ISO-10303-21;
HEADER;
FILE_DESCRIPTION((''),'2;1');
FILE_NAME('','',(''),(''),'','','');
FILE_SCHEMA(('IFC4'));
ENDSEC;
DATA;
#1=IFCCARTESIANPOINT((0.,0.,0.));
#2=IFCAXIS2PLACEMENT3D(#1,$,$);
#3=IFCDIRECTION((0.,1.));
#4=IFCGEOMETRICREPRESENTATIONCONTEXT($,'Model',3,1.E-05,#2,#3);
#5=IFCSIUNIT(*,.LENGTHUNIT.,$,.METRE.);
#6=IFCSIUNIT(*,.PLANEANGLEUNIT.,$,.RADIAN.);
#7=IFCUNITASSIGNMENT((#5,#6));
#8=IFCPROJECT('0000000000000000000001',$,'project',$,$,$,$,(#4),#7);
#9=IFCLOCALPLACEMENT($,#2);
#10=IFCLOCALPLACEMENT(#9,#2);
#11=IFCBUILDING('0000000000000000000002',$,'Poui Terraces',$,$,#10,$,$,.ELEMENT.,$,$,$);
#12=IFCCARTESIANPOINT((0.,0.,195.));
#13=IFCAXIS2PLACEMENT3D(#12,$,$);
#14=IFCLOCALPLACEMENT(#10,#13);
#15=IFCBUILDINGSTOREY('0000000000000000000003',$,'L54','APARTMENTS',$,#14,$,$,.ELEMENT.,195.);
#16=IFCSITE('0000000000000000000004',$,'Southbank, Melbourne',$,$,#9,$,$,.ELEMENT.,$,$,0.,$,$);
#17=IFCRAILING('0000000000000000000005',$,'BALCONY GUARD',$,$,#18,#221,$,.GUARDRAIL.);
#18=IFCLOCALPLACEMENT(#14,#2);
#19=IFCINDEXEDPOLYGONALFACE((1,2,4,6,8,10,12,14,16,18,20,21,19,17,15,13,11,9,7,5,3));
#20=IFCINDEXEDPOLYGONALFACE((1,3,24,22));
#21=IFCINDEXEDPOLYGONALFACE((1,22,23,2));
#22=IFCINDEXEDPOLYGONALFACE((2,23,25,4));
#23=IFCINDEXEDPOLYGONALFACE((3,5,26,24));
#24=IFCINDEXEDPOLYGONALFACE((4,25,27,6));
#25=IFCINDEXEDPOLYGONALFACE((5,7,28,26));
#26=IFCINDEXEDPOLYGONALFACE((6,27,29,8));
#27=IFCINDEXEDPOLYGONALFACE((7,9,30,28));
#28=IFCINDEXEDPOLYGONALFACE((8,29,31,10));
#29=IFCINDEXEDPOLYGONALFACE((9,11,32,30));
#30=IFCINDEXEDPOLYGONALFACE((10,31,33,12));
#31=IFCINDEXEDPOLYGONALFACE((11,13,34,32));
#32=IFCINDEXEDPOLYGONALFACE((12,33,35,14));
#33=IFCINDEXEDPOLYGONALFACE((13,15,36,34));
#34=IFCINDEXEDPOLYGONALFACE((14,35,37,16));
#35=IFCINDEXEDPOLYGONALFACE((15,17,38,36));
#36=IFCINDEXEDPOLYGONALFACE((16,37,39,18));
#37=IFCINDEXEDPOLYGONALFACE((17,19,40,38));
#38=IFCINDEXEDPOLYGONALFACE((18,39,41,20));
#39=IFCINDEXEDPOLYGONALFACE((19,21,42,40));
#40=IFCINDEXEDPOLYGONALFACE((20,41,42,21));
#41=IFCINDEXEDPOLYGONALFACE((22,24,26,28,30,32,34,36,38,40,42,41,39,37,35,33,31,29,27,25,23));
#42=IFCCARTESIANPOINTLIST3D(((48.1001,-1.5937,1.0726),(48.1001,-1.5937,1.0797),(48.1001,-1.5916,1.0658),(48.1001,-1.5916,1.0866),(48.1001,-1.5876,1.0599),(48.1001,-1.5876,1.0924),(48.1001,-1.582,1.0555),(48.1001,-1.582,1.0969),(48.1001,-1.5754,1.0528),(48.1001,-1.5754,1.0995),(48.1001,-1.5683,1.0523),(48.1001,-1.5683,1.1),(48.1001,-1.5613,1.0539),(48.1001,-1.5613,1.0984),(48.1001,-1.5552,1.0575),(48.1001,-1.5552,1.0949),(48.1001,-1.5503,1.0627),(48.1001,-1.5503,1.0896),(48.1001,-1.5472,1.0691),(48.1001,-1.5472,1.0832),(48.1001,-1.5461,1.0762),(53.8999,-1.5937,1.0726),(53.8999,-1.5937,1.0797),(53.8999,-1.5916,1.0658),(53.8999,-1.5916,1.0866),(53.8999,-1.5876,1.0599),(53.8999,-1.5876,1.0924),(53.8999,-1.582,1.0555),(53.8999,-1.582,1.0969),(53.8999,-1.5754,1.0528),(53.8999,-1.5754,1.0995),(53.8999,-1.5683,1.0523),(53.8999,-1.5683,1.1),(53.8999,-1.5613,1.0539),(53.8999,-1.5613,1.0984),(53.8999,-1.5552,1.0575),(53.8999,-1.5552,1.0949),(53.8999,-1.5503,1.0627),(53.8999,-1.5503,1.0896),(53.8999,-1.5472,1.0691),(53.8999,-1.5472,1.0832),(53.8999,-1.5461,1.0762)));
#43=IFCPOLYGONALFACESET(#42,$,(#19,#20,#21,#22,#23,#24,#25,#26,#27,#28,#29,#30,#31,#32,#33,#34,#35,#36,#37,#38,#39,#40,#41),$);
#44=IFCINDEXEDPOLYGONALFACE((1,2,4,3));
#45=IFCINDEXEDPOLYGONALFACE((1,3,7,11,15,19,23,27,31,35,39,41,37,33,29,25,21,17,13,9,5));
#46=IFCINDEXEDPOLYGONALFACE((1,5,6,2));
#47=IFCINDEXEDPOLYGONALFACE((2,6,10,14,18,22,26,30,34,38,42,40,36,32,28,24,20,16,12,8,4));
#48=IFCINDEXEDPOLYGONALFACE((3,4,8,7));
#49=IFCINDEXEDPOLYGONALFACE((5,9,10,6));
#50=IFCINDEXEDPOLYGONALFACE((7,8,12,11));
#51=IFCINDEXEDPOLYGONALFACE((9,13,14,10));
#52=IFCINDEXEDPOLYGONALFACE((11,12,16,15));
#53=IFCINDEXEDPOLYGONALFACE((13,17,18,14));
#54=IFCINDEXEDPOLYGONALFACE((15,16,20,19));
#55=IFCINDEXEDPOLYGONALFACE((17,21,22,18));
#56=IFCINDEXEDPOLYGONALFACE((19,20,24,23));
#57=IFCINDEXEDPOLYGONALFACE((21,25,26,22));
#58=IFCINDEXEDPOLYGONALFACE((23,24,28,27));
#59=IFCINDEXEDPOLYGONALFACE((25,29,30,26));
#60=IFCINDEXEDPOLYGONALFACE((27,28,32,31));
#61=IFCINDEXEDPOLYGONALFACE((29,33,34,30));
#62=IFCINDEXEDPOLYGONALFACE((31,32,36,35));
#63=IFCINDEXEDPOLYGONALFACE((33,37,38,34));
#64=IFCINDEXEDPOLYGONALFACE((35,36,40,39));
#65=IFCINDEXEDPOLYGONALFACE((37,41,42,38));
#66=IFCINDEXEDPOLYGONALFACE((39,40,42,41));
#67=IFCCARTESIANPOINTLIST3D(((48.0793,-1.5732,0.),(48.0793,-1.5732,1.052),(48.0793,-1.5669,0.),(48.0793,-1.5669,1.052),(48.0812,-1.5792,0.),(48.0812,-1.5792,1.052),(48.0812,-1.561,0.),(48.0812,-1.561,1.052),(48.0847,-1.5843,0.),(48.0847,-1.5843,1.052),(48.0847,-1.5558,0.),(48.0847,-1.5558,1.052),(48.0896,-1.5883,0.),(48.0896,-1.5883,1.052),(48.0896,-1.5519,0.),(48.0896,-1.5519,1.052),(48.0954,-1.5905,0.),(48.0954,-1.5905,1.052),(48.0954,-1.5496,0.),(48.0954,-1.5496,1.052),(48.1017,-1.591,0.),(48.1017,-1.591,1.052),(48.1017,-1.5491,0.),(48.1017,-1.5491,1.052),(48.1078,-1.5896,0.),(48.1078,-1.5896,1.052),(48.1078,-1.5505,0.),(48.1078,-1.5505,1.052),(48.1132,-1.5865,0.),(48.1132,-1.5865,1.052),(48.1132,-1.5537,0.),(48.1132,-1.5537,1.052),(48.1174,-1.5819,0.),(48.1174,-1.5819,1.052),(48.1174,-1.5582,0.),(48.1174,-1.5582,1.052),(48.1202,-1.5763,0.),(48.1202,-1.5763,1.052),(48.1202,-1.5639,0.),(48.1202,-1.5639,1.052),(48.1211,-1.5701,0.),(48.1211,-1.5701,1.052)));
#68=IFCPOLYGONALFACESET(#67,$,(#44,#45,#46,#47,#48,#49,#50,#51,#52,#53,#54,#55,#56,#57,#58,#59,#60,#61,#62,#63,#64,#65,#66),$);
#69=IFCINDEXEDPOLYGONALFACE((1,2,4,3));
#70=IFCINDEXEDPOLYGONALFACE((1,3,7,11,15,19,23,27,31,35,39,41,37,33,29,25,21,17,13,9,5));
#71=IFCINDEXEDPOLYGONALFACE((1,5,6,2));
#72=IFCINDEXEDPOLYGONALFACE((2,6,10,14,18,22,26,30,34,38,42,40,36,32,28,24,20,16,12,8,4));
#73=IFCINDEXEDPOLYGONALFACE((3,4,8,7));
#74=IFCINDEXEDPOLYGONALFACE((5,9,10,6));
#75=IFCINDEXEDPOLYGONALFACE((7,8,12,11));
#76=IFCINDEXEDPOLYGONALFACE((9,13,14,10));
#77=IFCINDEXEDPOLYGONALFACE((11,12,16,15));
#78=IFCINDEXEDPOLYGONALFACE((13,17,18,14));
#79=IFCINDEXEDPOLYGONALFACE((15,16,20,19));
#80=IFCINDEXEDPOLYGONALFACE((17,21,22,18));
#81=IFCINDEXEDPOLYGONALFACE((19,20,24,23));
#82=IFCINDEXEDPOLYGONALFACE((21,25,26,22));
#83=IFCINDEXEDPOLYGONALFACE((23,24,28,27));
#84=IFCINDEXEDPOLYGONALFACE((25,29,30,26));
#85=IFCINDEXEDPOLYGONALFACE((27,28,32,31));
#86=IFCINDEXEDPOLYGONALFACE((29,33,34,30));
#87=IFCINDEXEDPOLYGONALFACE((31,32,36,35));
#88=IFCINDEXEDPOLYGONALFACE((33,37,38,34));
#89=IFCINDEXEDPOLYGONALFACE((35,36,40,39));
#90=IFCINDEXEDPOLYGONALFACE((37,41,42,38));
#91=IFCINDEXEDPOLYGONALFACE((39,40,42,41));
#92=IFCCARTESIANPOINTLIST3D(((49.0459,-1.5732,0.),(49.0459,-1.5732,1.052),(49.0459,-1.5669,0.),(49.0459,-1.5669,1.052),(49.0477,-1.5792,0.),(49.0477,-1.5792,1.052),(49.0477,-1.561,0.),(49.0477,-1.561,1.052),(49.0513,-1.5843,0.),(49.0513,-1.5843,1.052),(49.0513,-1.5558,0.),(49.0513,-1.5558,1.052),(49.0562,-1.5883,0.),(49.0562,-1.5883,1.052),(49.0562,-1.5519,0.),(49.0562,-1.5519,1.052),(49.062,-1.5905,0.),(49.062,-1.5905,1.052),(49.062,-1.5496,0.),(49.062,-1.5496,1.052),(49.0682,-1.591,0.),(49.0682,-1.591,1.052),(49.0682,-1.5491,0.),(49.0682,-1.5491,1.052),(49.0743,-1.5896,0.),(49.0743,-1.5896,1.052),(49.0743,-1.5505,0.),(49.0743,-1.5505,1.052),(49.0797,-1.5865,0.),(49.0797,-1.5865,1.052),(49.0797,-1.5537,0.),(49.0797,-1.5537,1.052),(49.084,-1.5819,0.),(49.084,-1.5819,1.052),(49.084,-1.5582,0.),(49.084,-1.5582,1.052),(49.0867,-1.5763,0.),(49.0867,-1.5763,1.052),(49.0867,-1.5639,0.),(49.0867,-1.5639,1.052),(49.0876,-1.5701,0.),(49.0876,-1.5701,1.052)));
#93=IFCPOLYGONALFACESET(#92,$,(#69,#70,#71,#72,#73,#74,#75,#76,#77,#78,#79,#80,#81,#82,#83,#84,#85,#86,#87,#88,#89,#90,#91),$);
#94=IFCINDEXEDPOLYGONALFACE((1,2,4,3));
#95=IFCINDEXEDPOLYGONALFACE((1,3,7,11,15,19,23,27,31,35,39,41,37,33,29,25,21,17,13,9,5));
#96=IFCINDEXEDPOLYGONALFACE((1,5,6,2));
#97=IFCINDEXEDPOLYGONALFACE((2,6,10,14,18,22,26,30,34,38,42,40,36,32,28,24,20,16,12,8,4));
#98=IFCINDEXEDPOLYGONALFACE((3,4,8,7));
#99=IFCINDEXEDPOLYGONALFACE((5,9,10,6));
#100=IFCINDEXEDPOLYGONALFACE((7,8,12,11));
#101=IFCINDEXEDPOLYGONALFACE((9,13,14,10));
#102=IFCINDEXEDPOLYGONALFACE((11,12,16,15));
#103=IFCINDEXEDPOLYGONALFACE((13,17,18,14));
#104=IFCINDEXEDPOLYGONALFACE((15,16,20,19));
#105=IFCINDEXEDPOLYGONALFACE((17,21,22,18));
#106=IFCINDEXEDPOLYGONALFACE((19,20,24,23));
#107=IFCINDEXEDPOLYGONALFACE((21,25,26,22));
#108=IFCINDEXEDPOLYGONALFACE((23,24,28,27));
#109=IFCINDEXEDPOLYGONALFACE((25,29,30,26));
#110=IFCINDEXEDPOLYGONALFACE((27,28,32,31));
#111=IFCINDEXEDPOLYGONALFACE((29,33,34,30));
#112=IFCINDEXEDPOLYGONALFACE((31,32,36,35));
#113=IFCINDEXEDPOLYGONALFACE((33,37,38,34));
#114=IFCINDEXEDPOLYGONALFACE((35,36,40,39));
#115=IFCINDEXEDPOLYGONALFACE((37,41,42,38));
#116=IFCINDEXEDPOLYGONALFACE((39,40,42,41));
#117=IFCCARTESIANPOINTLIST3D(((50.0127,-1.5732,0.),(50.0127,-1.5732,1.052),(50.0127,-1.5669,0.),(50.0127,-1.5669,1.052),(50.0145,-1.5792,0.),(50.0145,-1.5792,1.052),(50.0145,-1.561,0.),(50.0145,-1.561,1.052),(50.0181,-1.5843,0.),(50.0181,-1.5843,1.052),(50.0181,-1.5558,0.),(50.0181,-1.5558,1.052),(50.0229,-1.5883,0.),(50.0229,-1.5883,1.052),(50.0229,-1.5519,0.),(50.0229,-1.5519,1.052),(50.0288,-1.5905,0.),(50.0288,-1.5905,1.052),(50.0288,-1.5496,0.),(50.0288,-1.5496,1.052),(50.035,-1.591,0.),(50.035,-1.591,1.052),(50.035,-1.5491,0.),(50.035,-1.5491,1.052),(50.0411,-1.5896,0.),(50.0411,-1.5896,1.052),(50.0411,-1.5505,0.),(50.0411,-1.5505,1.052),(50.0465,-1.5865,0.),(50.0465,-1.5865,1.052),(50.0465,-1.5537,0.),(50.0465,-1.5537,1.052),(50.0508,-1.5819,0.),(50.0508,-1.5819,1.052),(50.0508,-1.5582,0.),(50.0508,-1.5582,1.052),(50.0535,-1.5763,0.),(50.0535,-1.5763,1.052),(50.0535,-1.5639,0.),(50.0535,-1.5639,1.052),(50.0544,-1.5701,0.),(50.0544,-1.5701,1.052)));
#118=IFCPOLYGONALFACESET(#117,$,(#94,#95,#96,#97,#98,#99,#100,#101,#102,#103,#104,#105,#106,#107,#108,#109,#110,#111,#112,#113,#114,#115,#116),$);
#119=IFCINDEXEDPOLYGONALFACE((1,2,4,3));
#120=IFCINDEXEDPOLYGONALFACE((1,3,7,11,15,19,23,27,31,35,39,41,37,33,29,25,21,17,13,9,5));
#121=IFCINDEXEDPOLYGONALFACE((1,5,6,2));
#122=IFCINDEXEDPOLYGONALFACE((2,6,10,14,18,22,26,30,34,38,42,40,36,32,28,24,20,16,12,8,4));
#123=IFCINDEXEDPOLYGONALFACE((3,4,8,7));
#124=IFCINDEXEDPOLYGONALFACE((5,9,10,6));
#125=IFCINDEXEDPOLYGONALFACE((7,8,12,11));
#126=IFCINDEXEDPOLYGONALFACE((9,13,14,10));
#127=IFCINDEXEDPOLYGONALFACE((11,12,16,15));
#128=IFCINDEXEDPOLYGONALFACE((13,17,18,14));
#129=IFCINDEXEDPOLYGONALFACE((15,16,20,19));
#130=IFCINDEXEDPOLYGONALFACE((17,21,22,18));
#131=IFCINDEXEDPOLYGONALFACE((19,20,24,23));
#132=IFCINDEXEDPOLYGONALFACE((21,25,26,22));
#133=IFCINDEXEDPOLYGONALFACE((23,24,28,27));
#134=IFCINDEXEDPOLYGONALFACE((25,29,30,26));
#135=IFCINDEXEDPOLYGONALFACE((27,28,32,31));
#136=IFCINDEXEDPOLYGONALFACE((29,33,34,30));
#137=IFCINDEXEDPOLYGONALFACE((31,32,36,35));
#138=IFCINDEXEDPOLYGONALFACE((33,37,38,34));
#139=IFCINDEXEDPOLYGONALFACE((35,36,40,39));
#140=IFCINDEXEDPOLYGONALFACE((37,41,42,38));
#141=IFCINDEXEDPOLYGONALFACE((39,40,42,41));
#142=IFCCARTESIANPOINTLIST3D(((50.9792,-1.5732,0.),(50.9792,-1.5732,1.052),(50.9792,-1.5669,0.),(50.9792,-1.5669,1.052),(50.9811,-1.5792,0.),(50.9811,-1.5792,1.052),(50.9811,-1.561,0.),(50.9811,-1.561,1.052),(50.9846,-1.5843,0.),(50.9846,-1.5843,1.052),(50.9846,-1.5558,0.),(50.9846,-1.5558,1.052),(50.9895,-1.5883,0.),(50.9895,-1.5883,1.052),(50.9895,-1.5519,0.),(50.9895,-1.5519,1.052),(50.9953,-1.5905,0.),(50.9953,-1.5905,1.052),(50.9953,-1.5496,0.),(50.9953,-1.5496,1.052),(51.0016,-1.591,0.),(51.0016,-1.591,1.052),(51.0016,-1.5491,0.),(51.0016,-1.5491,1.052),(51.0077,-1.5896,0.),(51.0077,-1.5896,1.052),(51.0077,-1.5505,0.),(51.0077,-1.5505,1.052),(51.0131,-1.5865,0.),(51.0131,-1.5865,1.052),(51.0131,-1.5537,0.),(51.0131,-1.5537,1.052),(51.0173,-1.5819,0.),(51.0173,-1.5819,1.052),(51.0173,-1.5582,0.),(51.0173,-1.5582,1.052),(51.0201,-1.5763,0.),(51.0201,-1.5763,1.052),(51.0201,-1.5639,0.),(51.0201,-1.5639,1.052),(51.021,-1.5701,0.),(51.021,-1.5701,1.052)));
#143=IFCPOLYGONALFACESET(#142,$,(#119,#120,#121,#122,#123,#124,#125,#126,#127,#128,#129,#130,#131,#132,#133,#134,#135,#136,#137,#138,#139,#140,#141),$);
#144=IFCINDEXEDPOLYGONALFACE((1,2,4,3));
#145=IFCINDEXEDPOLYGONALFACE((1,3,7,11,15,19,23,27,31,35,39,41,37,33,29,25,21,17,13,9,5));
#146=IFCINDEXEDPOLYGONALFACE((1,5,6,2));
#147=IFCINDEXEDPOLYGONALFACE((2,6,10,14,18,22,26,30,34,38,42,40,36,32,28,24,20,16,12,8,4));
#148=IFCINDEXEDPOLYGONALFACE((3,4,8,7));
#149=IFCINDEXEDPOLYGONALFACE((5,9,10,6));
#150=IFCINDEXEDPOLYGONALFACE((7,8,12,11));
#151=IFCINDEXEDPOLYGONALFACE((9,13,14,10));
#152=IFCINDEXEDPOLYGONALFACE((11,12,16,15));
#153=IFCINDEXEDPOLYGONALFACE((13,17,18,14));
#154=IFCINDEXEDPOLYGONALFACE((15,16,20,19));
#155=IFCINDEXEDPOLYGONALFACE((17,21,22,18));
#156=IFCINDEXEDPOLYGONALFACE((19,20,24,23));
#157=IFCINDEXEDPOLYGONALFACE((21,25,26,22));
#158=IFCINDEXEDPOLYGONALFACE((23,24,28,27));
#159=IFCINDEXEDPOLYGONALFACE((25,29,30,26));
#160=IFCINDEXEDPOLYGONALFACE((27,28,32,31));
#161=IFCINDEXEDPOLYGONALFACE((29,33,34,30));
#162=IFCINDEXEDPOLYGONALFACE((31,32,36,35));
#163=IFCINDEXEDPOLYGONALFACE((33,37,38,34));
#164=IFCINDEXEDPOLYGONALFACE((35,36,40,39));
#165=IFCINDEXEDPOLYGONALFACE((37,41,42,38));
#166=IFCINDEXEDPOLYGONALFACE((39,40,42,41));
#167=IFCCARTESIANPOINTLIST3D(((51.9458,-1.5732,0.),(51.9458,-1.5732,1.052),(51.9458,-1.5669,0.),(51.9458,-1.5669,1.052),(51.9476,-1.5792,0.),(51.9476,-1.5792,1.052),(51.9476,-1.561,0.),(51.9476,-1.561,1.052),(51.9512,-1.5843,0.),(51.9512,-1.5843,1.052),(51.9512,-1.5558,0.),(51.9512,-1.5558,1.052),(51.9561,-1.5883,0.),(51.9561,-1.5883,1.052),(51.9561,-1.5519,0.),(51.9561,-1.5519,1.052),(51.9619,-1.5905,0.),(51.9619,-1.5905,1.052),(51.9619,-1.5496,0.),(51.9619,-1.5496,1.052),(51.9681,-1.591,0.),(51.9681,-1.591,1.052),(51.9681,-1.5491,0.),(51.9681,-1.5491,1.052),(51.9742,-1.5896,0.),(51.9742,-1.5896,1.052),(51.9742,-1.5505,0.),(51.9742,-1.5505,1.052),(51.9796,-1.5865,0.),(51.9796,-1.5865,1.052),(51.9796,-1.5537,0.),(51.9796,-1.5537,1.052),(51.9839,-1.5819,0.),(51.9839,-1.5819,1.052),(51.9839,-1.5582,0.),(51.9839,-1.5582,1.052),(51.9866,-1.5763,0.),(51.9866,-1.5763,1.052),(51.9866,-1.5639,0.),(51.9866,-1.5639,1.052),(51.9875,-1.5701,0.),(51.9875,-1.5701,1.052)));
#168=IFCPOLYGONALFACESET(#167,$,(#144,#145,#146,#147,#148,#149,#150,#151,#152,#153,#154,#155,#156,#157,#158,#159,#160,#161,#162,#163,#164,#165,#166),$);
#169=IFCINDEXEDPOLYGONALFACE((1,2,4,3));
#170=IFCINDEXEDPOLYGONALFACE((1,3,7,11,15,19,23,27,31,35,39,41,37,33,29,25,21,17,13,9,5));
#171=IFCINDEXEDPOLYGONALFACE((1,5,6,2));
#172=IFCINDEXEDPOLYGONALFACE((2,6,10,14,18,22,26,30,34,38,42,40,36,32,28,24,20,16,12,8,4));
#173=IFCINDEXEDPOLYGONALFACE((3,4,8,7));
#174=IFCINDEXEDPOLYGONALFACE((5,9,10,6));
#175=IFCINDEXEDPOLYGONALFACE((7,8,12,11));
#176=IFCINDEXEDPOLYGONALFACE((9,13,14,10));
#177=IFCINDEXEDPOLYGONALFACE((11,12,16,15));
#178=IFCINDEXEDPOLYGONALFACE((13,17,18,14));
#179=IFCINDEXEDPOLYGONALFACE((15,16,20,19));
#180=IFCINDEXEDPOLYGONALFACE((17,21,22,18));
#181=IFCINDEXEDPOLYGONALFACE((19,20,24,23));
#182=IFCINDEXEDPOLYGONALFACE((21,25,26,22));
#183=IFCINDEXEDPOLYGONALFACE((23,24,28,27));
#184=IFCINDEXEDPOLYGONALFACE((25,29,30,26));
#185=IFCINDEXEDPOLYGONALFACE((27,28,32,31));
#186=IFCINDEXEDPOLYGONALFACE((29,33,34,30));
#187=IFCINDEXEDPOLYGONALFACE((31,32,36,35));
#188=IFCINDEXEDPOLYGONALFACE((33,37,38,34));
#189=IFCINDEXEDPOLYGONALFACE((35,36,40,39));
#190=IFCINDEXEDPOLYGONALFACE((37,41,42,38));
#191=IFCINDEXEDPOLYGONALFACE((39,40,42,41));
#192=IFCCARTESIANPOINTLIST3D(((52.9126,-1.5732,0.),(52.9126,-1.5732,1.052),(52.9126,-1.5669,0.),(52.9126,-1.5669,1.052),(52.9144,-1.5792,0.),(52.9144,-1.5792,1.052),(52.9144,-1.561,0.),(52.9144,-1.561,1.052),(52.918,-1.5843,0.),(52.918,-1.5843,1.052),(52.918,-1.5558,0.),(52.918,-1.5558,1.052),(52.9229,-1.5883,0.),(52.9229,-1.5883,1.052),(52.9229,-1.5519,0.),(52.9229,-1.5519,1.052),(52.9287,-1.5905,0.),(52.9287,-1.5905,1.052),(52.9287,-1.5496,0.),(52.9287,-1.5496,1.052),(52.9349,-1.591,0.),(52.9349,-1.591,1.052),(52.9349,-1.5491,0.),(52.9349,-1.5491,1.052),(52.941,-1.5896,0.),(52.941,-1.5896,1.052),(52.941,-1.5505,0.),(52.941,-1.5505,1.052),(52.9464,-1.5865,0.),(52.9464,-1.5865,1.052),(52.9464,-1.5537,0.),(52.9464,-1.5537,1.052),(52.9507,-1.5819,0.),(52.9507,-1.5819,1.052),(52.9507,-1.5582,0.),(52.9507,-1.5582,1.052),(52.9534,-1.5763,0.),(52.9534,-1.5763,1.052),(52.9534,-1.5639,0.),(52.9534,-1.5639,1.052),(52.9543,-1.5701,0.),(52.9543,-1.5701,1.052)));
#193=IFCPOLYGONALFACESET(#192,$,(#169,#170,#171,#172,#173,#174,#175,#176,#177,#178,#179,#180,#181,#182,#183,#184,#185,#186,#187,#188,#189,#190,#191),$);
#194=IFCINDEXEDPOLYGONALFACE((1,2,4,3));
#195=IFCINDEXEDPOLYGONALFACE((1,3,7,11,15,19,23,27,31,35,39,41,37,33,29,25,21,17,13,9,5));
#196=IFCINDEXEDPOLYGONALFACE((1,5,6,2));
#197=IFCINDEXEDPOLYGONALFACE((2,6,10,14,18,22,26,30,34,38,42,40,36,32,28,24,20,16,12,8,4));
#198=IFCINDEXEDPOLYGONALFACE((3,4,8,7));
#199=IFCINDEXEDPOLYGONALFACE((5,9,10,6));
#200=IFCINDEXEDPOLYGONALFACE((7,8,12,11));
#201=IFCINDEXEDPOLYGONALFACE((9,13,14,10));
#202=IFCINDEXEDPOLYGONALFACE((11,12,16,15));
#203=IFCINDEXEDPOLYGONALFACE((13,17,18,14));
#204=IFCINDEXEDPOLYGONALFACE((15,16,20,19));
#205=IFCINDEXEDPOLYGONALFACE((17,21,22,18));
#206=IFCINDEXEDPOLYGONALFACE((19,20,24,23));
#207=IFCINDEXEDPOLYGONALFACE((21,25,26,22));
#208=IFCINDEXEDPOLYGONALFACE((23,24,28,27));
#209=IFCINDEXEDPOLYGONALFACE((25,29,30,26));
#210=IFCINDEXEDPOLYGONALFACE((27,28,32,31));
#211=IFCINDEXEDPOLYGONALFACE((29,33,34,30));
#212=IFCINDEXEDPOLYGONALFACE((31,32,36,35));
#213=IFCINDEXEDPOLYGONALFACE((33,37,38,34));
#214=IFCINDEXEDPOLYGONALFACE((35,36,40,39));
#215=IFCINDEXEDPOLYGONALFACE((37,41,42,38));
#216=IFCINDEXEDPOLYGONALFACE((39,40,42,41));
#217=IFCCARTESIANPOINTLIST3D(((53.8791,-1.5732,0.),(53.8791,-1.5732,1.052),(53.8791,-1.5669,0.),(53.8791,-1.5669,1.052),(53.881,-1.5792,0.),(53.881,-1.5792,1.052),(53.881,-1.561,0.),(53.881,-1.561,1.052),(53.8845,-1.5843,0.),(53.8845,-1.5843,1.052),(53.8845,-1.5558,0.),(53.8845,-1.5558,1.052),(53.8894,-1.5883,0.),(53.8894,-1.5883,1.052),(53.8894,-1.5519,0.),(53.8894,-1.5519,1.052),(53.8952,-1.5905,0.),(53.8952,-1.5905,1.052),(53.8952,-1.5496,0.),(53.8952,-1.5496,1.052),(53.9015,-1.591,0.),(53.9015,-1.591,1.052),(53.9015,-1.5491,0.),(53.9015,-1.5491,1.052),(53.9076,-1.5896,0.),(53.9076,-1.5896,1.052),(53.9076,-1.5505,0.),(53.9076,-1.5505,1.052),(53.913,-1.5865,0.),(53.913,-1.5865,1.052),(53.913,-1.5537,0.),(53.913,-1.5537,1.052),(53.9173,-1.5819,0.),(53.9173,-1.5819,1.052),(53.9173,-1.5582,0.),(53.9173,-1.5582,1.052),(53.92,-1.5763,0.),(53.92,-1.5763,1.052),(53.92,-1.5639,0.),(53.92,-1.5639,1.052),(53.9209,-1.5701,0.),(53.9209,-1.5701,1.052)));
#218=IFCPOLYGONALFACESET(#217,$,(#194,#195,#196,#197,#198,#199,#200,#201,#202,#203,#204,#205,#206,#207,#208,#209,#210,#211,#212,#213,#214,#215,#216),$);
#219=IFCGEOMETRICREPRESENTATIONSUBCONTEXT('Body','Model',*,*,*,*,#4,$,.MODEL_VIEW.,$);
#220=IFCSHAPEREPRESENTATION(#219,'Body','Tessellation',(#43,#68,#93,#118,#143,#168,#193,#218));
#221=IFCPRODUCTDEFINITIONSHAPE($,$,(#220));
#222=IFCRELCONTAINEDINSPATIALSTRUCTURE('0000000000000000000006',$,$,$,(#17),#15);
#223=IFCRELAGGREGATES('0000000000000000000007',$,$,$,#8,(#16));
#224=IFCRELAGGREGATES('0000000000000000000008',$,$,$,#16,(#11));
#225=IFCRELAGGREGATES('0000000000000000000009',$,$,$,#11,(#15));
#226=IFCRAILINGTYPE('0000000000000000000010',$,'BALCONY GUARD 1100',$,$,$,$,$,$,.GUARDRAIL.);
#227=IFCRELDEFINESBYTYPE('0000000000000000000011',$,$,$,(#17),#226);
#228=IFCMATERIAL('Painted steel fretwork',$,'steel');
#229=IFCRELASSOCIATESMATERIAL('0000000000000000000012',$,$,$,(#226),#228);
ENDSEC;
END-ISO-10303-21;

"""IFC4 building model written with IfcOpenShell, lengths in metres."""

from ifc_helpers import new_model, si_unit, direction, frame, origin, origin_2d, place, context, subcontext, project, spatial, circle, extrude, material, type_object, element, save


model = new_model("IFC4")

# Units and contexts
model_context = context("Model", 3, precision=1e-05, world=origin(), true_north=direction((0.0, 1.0)))
body_context = subcontext(model_context, "Body", "Model", "MODEL_VIEW")
ifc_project = project(units=[si_unit("LENGTHUNIT", "METRE"), si_unit("PLANEANGLEUNIT", "RADIAN")], contexts=[model_context])

# Site, building, storey
site_placement = place(None, origin())
site = spatial("IfcSite", under=ifc_project, at=site_placement, Name="Southbank, Melbourne", CompositionType="ELEMENT", RefElevation=0.0)
building_placement = place(site_placement, origin())
building = spatial("IfcBuilding", under=site, at=building_placement, Name="Poui Terraces", CompositionType="ELEMENT")
storey_placement = place(building_placement, frame((0.0, 0.0, 195.0)))
storey = spatial("IfcBuildingStorey", under=building, at=storey_placement, Name="L54", Description="APARTMENTS", CompositionType="ELEMENT", Elevation=195.0)

# Railing
ifc_material_1 = material(Name="Painted steel fretwork", Category="steel")
railing_type = type_object("IfcRailingType", Name="BALCONY GUARD 1100", PredefinedType="GUARDRAIL", material=ifc_material_1)
railing_placement = place(storey_placement, frame((48.1001, -1.5701, 0.0)))
element("IfcRailing", 1, at=railing_placement, inside=storey, type_object=railing_type, Name="BALCONY GUARD", PredefinedType="GUARDRAIL", context=body_context, shape_type="SweptSolid", body=[
    extrude(circle(Radius=0.0239, at=origin_2d()), frame((0.0, 0.0, 1.0762), z_axis=(1.0, 0.0, 0.0), x_axis=(0.0, 1.0, 0.0)), (0.0, 0.0, 1.0), 5.7998),
    extrude(circle(Radius=0.021, at=origin_2d()), origin(), (0.0, 0.0, 1.0), 1.052),
    extrude(circle(Radius=0.021, at=origin_2d()), frame((0.9666, 0.0, 0.0)), (0.0, 0.0, 1.0), 1.052),
    extrude(circle(Radius=0.021, at=origin_2d()), frame((1.9333, 0.0, 0.0)), (0.0, 0.0, 1.0), 1.052),
    extrude(circle(Radius=0.021, at=origin_2d()), frame((2.8999, 0.0, 0.0)), (0.0, 0.0, 1.0), 1.052),
    extrude(circle(Radius=0.021, at=origin_2d()), frame((3.8665, 0.0, 0.0)), (0.0, 0.0, 1.0), 1.052),
    extrude(circle(Radius=0.021, at=origin_2d()), frame((4.8333, 0.0, 0.0)), (0.0, 0.0, 1.0), 1.052),
    extrude(circle(Radius=0.021, at=origin_2d()), frame((5.7998, 0.0, 0.0)), (0.0, 0.0, 1.0), 1.052),
])

save(model, "model.ifc")
